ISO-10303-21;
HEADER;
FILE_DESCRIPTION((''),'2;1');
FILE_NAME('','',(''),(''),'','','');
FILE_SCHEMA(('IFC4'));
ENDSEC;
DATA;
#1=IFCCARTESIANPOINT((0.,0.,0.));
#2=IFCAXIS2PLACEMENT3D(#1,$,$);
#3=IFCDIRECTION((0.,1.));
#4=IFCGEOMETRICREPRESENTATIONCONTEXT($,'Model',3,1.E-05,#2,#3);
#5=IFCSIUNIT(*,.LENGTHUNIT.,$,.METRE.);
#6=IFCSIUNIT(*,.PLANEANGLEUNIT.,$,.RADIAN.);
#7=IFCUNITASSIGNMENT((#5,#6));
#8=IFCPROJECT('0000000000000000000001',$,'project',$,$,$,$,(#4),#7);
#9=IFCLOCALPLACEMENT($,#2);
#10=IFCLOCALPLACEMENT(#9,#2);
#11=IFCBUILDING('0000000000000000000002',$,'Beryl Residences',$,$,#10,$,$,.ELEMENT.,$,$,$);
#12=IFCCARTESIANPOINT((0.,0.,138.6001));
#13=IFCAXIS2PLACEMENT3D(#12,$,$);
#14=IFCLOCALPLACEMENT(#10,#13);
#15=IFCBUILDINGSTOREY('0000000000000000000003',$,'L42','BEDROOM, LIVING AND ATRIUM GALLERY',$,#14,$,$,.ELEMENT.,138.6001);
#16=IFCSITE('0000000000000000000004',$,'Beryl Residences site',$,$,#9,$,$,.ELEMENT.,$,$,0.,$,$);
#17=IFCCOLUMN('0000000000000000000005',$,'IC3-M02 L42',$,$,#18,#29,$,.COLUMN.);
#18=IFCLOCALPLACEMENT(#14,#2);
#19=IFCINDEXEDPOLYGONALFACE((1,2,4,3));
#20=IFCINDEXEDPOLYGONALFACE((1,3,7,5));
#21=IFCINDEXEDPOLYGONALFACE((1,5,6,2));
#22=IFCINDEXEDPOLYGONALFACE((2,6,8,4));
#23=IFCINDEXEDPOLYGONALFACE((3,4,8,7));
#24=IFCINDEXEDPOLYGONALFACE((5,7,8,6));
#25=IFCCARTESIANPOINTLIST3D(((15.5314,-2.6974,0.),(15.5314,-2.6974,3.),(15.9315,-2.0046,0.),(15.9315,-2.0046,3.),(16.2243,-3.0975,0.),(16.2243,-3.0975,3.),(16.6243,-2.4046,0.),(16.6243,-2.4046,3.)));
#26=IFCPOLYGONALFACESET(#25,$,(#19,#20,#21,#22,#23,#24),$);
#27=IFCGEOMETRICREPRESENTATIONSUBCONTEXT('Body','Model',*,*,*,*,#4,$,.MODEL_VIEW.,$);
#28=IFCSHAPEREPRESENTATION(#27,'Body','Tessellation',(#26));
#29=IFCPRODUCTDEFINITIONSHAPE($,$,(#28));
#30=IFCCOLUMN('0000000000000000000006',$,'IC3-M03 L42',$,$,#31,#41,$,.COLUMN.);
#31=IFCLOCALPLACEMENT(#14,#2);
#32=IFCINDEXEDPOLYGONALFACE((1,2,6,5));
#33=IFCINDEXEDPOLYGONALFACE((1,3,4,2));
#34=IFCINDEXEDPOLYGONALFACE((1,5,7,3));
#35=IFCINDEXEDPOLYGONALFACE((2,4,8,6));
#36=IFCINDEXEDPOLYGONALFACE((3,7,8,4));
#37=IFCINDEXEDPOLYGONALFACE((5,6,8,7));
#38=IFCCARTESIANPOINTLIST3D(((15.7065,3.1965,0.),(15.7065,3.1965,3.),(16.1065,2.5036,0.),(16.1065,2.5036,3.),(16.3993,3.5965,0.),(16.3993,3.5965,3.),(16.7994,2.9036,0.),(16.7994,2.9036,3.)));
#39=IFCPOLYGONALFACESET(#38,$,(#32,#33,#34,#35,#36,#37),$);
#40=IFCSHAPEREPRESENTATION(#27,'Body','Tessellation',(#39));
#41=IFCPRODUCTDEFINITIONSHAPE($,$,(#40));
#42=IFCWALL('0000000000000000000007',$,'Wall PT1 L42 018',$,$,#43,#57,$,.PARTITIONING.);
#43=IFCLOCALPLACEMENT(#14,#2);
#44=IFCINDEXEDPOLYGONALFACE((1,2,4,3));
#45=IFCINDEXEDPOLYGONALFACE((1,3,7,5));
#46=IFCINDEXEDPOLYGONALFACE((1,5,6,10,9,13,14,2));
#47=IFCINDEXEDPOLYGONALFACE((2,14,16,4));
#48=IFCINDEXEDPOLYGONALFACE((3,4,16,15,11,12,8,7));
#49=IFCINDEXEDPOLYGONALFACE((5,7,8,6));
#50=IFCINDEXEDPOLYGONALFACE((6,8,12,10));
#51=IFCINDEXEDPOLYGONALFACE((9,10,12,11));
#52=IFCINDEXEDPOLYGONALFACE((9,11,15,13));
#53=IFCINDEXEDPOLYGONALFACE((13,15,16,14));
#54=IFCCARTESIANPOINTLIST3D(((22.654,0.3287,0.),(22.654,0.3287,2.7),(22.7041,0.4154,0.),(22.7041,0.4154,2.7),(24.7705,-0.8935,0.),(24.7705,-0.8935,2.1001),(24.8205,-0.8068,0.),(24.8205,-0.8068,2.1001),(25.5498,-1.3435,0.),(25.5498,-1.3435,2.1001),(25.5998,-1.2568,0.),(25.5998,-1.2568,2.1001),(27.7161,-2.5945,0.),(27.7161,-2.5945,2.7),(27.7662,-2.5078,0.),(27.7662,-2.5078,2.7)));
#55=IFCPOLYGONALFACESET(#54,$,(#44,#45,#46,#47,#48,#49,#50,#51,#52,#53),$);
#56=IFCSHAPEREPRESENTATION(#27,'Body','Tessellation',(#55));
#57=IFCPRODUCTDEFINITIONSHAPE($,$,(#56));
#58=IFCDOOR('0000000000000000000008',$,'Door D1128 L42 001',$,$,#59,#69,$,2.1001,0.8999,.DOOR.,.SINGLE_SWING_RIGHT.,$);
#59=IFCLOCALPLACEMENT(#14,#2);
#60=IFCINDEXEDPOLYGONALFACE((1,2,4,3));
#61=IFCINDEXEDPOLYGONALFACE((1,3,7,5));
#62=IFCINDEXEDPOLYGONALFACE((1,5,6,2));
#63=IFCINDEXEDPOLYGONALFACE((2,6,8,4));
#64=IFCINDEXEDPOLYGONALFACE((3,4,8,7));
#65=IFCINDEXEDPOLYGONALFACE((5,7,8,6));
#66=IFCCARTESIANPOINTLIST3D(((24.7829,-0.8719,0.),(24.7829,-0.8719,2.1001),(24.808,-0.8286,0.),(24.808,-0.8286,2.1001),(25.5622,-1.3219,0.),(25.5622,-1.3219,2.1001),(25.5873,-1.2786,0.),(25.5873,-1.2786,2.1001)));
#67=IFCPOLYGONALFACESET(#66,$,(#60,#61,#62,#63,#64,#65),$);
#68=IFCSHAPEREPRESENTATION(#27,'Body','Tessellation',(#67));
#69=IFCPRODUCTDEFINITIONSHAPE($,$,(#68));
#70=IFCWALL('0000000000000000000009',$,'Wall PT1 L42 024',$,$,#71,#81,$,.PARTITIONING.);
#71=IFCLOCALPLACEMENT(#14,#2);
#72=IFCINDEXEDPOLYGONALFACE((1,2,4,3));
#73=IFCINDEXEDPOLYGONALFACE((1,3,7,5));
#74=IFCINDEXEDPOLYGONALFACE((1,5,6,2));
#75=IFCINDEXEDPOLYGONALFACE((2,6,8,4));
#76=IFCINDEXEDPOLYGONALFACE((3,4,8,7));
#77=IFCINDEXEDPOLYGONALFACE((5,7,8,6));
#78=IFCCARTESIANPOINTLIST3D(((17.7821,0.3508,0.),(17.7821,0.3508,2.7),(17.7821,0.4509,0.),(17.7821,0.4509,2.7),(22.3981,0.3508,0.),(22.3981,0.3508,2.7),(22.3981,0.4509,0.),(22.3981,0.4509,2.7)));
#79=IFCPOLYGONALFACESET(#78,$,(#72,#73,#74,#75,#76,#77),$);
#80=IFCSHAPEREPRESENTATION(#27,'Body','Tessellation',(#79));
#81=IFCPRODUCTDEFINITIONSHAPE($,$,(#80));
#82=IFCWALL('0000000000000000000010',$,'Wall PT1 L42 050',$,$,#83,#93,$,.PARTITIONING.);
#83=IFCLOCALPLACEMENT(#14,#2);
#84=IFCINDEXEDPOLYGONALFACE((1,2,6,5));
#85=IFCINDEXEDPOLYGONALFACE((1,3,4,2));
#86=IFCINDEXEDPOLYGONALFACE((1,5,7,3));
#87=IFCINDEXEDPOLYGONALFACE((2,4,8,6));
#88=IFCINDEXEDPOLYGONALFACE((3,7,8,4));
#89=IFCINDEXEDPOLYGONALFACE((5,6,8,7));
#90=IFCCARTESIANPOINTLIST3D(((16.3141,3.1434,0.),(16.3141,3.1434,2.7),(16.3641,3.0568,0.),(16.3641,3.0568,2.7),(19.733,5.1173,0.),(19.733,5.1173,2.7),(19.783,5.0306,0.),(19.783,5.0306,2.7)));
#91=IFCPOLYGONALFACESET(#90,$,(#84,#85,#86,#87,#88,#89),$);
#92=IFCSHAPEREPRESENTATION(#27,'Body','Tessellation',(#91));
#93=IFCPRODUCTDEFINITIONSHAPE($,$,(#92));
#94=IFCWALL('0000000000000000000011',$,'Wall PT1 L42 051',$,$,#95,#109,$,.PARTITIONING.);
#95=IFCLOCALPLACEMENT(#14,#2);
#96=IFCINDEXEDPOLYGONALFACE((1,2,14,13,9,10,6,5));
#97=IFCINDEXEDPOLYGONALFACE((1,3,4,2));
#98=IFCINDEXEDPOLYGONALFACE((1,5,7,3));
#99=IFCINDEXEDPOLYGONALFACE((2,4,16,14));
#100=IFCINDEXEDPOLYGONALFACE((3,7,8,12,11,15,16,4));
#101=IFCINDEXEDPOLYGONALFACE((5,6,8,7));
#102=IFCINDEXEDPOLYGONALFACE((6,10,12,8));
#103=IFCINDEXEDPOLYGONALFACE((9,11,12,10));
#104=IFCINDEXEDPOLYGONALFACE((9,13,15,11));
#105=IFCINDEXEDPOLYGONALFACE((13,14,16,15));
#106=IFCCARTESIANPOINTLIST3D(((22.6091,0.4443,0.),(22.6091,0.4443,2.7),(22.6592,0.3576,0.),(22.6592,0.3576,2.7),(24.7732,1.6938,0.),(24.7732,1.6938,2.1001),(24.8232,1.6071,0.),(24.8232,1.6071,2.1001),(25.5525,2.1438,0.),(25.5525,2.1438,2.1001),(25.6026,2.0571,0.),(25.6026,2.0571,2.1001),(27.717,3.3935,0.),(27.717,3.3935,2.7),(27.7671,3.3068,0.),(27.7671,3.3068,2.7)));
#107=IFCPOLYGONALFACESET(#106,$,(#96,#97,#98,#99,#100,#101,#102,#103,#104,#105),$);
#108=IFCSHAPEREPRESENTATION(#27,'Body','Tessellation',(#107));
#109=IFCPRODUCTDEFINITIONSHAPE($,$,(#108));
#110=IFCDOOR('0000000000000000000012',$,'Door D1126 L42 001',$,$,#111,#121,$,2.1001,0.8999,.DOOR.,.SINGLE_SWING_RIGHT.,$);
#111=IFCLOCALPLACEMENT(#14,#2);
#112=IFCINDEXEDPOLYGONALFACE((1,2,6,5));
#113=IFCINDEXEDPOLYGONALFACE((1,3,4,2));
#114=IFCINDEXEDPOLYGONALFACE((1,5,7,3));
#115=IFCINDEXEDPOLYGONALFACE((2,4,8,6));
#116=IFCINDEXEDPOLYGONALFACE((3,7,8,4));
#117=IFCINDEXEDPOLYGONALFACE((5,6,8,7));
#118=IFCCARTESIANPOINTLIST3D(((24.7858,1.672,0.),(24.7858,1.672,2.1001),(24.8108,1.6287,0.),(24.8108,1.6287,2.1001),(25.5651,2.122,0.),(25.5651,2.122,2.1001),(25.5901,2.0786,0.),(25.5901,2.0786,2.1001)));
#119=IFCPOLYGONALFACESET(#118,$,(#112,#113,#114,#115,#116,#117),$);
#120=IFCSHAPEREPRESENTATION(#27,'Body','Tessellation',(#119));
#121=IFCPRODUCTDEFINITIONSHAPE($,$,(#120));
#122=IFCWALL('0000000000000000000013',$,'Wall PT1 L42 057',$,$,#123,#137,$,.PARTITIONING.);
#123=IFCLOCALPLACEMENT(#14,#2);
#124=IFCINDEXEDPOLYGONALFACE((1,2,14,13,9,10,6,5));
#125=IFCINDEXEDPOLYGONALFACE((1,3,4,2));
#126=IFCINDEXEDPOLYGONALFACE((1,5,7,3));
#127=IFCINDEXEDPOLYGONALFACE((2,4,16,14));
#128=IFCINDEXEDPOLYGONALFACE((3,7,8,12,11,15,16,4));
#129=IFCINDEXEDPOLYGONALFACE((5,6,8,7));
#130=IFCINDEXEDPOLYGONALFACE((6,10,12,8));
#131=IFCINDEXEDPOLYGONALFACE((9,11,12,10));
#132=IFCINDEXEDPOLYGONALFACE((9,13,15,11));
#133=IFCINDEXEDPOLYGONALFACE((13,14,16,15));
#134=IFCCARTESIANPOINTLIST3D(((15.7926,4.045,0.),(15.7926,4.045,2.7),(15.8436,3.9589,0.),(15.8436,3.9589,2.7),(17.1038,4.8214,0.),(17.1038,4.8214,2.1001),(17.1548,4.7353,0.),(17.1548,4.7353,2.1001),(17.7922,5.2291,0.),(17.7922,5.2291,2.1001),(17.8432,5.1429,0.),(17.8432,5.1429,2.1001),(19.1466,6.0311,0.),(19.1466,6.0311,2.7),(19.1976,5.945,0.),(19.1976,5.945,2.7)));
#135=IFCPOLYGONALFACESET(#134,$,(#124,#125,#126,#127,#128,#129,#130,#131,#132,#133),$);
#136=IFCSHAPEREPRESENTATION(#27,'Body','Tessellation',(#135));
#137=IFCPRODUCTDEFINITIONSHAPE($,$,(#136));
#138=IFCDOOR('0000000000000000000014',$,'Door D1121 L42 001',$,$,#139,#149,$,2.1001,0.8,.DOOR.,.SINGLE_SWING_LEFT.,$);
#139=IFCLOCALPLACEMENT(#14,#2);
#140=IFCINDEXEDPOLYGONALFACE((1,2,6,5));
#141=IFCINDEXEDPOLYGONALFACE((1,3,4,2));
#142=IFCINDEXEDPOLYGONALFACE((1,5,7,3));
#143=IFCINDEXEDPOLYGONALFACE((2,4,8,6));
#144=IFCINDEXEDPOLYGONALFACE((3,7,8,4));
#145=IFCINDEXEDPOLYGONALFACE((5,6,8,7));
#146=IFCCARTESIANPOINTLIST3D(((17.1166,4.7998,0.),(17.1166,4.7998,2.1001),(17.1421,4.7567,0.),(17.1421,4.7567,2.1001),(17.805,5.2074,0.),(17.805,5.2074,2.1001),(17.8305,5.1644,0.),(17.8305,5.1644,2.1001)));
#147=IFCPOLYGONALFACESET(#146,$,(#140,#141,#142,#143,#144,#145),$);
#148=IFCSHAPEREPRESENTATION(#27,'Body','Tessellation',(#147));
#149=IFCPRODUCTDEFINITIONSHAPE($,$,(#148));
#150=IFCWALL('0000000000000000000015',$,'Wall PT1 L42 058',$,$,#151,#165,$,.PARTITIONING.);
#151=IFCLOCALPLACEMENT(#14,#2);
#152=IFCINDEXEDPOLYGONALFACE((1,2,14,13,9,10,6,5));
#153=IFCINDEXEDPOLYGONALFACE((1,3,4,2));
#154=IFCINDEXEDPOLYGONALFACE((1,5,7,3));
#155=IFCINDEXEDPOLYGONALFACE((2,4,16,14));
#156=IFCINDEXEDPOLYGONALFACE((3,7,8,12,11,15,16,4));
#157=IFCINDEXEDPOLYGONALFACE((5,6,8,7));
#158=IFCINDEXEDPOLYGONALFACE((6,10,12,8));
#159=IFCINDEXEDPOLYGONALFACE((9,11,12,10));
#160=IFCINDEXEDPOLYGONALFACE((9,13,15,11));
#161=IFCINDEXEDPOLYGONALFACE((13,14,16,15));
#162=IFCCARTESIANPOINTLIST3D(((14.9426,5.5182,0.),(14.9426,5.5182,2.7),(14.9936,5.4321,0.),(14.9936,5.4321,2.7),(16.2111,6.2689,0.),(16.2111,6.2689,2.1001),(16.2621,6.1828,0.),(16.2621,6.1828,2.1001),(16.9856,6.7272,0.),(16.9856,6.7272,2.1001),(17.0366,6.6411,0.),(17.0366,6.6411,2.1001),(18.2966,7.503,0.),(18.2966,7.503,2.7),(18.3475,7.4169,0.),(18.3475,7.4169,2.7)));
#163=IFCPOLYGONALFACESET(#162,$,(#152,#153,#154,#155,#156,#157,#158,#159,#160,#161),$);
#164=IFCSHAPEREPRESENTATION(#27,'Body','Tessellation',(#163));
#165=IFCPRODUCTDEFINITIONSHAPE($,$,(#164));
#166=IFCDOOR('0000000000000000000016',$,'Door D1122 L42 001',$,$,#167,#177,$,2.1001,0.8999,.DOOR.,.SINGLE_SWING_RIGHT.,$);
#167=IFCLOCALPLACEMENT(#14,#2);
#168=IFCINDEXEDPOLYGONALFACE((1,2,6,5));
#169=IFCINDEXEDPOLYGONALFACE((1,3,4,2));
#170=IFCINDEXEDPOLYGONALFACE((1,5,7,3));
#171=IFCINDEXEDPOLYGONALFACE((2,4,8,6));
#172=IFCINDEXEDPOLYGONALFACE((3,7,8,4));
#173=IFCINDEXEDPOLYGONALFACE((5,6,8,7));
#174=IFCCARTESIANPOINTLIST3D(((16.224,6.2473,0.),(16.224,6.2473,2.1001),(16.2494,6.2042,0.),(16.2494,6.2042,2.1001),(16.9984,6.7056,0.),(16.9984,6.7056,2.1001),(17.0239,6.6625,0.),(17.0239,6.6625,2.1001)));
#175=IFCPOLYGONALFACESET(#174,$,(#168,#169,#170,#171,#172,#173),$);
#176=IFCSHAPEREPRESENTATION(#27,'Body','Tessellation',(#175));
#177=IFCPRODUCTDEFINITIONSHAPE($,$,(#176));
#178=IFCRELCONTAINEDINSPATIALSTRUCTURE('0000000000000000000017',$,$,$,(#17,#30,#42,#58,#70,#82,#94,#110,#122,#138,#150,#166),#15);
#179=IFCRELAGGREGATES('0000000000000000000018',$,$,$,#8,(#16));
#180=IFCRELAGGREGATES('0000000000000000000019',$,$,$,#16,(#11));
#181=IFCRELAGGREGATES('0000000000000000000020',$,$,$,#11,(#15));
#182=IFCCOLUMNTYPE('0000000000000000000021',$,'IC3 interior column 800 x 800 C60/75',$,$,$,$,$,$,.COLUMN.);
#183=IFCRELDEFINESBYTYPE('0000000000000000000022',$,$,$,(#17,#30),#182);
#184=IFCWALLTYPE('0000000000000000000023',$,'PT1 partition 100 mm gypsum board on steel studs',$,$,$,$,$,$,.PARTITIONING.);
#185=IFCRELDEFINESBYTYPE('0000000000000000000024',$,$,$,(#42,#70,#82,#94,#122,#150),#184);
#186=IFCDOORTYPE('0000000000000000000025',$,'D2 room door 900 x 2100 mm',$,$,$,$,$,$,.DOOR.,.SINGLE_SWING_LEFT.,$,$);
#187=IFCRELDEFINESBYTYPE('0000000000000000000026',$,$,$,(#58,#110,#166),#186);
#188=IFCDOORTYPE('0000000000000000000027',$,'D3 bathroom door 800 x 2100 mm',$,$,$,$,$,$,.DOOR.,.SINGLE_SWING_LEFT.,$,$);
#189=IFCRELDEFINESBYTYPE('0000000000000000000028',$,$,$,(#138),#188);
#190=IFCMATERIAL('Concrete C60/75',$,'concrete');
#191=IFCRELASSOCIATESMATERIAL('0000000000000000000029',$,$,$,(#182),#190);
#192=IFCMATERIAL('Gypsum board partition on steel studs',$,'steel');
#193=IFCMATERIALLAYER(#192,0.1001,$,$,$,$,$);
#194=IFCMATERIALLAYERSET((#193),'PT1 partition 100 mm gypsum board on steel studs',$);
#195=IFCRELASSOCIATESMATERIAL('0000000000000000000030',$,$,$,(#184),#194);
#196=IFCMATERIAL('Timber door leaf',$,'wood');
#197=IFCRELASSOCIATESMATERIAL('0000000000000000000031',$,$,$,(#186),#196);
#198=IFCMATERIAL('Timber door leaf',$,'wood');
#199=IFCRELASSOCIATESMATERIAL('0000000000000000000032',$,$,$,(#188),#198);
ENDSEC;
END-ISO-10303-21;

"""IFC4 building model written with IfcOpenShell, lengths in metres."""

from ifc_helpers import new_model, si_unit, direction, frame, frame_2d, origin, origin_2d, place, context, subcontext, project, spatial, rectangle, extrude, material, layer, layer_set, material_profile, profile_set, type_object, element, fill, save


model = new_model("IFC4")

# Units and contexts
model_context = context("Model", 3, precision=1e-05, world=origin(), true_north=direction((0.0, 1.0)))
body_context = subcontext(model_context, "Body", "Model", "MODEL_VIEW")
ifc_project = project(units=[si_unit("LENGTHUNIT", "METRE"), si_unit("PLANEANGLEUNIT", "RADIAN")], contexts=[model_context])

# Site, building, storey
site_placement = place(None, origin())
site = spatial("IfcSite", under=ifc_project, at=site_placement, Name="Beryl Residences site", CompositionType="ELEMENT", RefElevation=0.0)
building_placement = place(site_placement, origin())
building = spatial("IfcBuilding", under=site, at=building_placement, Name="Beryl Residences", CompositionType="ELEMENT")
storey_placement = place(building_placement, frame((0.0, 0.0, 138.6001)))
storey = spatial("IfcBuildingStorey", under=building, at=storey_placement, Name="L42", Description="BEDROOM, LIVING AND ATRIUM GALLERY", CompositionType="ELEMENT", Elevation=138.6001)

# Columns
ifc_material_1 = material(Name="Concrete C60/75", Category="concrete")
ifc_material_profile = material_profile(ifc_material_1, rectangle(XDim=0.8, YDim=0.8, at=origin_2d()))
ifc_profile_set = profile_set([ifc_material_profile], Name="Concrete C60/75")
column_type = type_object("IfcColumnType", Name="IC3 interior column 800 x 800 C60/75", PredefinedType="COLUMN", material=ifc_profile_set)
for number, where, z_axis, x_axis, name in (
    (1, (16.0779, -2.551, 0.0), (0.0, 0.0, 1.0), (0.5, 0.866025, 0.0), "IC3-M02 L42"),
    (2, (16.2529, 3.05, 0.0), (0.0, 0.0, 1.0), (-0.5, 0.866025, 0.0), "IC3-M03 L42"),
):
    element("IfcColumn", number, at=place(storey_placement, frame(where, z_axis=z_axis, x_axis=x_axis)), inside=storey, type_object=column_type, Name=name, PredefinedType="COLUMN", context=body_context, shape_type="SweptSolid", body=[
        extrude(rectangle(XDim=0.8, YDim=0.8, at=origin_2d()), origin(), (0.0, 0.0, 1.0), 3.0),
    ])

# Wall, opening, door
ifc_material_2 = material(Name="Gypsum board partition on steel studs", Category="steel")
ifc_layer_1 = layer(ifc_material_2, 0.1001)
ifc_layer_set_1 = layer_set([ifc_layer_1], Name="PT1 partition 100 mm gypsum board on steel studs")
wall_type_1 = type_object("IfcWallType", Name="PT1 partition 100 mm gypsum board on steel studs", PredefinedType="PARTITIONING", material=ifc_layer_set_1)
wall_1_placement = place(storey_placement, frame((22.679, 0.3721, 0.0), z_axis=(0.0, 0.0, 1.0), x_axis=(0.865985, -0.50007, 0.0)))
wall_1 = element("IfcWall", 3, at=wall_1_placement, inside=storey, type_object=wall_type_1, Name="Wall PT1 L42 018", PredefinedType="PARTITIONING", context=body_context, shape_type="SweptSolid", body=[
    extrude(rectangle(XDim=5.8455, YDim=0.1001, at=frame_2d((2.9229, 0.0))), origin(), (0.0, 0.0, 1.0), 2.7),
])
opening_1_placement = place(wall_1_placement, frame((2.4441, 0.0, 0.0)))
opening_1 = element("IfcOpeningElement", 4, at=opening_1_placement, cuts=wall_1, PredefinedType="OPENING", context=body_context, shape_type="SweptSolid", body=[
    extrude(rectangle(XDim=0.8999, YDim=2.1001, at=frame_2d((0.45, 1.05))), frame((0.0, 0.0601, 0.0), z_axis=(0.0, -1.0, 0.0), x_axis=(1.0, 0.0, 0.0)), (0.0, 0.0, 1.0), 0.1201),
])
ifc_material_3 = material(Name="Timber door leaf", Category="wood")
door_type_1 = type_object("IfcDoorType", Name="D2 room door 900 x 2100 mm", OperationType="SINGLE_SWING_LEFT", PredefinedType="DOOR", material=ifc_material_3)
door_1_placement = place(opening_1_placement, origin())
door_1 = element("IfcDoor", 5, at=door_1_placement, inside=storey, type_object=door_type_1, Name="Door D1128 L42 001", OperationType="SINGLE_SWING_RIGHT", OverallHeight=2.1001, OverallWidth=0.8999, PredefinedType="DOOR", context=body_context, shape_type="SweptSolid", body=[
    extrude(rectangle(XDim=0.8999, YDim=2.1001, at=frame_2d((0.45, 1.05))), frame((0.0, 0.0249, 0.0), z_axis=(0.0, -1.0, 0.0), x_axis=(1.0, 0.0, 0.0)), (0.0, 0.0, 1.0), 0.05),
])
fill(opening_1, door_1)

# Walls
wall_2_placement = place(storey_placement, frame((17.782, 0.4009, 0.0), z_axis=(0.0, 0.0, 1.0), x_axis=(1.0, 0.0, 0.0)))
element("IfcWall", 6, at=wall_2_placement, inside=storey, type_object=wall_type_1, Name="Wall PT1 L42 024", PredefinedType="PARTITIONING", context=body_context, shape_type="SweptSolid", body=[
    extrude(rectangle(XDim=4.616, YDim=0.1001, at=frame_2d((2.3081, 0.0))), origin(), (0.0, 0.0, 1.0), 2.7),
])
wall_3_placement = place(storey_placement, frame((16.3391, 3.1001, 0.0), z_axis=(0.0, 0.0, 1.0), x_axis=(0.866031, 0.49999, 0.0)))
element("IfcWall", 7, at=wall_3_placement, inside=storey, type_object=wall_type_1, Name="Wall PT1 L42 050", PredefinedType="PARTITIONING", context=body_context, shape_type="SweptSolid", body=[
    extrude(rectangle(XDim=3.9478, YDim=0.1001, at=frame_2d((1.9739, 0.0))), origin(), (0.0, 0.0, 1.0), 2.7),
])

# Walls, openings, doors
wall_4_placement = place(storey_placement, frame((22.634, 0.4009, 0.0), z_axis=(0.0, 0.0, 1.0), x_axis=(0.866013, 0.500021, 0.0)))
wall_4 = element("IfcWall", 8, at=wall_4_placement, inside=storey, type_object=wall_type_1, Name="Wall PT1 L42 051", PredefinedType="PARTITIONING", context=body_context, shape_type="SweptSolid", body=[
    extrude(rectangle(XDim=5.8982, YDim=0.1001, at=frame_2d((2.9492, 0.0))), origin(), (0.0, 0.0, 1.0), 2.7),
])
opening_2_placement = place(wall_4_placement, frame((2.499, 0.0, 0.0)))
opening_2 = element("IfcOpeningElement", 9, at=opening_2_placement, cuts=wall_4, PredefinedType="OPENING", context=body_context, shape_type="SweptSolid", body=[
    extrude(rectangle(XDim=0.8999, YDim=2.1001, at=frame_2d((0.45, 1.05))), frame((0.0, 0.0601, 0.0), z_axis=(0.0, -1.0, 0.0), x_axis=(1.0, 0.0, 0.0)), (0.0, 0.0, 1.0), 0.1201),
])
door_2_placement = place(opening_2_placement, origin())
door_2 = element("IfcDoor", 10, at=door_2_placement, inside=storey, type_object=door_type_1, Name="Door D1126 L42 001", OperationType="SINGLE_SWING_RIGHT", OverallHeight=2.1001, OverallWidth=0.8999, PredefinedType="DOOR", context=body_context, shape_type="SweptSolid", body=[
    extrude(rectangle(XDim=0.8999, YDim=2.1001, at=frame_2d((0.45, 1.05))), frame((0.0, 0.0249, 0.0), z_axis=(0.0, -1.0, 0.0), x_axis=(1.0, 0.0, 0.0)), (0.0, 0.0, 1.0), 0.05),
])
fill(opening_2, door_2)
wall_5_placement = place(storey_placement, frame((15.8181, 4.002, 0.0), z_axis=(0.0, 0.0, 1.0), x_axis=(0.860457, 0.509523, 0.0)))
wall_5 = element("IfcWall", 11, at=wall_5_placement, inside=storey, type_object=wall_type_1, Name="Wall PT1 L42 057", PredefinedType="PARTITIONING", context=body_context, shape_type="SweptSolid", body=[
    extrude(rectangle(XDim=3.8979, YDim=0.1001, at=frame_2d((1.949, 0.0))), origin(), (0.0, 0.0, 1.0), 2.7),
])
opening_3_placement = place(wall_5_placement, frame((1.5239, 0.0, 0.0)))
opening_3 = element("IfcOpeningElement", 12, at=opening_3_placement, cuts=wall_5, PredefinedType="OPENING", context=body_context, shape_type="SweptSolid", body=[
    extrude(rectangle(XDim=0.8, YDim=2.1001, at=frame_2d((0.3999, 1.05))), frame((0.0, 0.0601, 0.0), z_axis=(0.0, -1.0, 0.0), x_axis=(1.0, 0.0, 0.0)), (0.0, 0.0, 1.0), 0.1201),
])
ifc_material_4 = material(Name="Timber door leaf", Category="wood")
door_type_2 = type_object("IfcDoorType", Name="D3 bathroom door 800 x 2100 mm", OperationType="SINGLE_SWING_LEFT", PredefinedType="DOOR", material=ifc_material_4)
door_3_placement = place(opening_3_placement, origin())
door_3 = element("IfcDoor", 13, at=door_3_placement, inside=storey, type_object=door_type_2, Name="Door D1121 L42 001", OperationType="SINGLE_SWING_LEFT", OverallHeight=2.1001, OverallWidth=0.8, PredefinedType="DOOR", context=body_context, shape_type="SweptSolid", body=[
    extrude(rectangle(XDim=0.8, YDim=2.1001, at=frame_2d((0.3999, 1.05))), frame((0.0, 0.0249, 0.0), z_axis=(0.0, -1.0, 0.0), x_axis=(1.0, 0.0, 0.0)), (0.0, 0.0, 1.0), 0.05),
])
fill(opening_3, door_3)
wall_6_placement = place(storey_placement, frame((14.968, 5.4751, 0.0), z_axis=(0.0, 0.0, 1.0), x_axis=(0.860595, 0.509291, 0.0)))
wall_6 = element("IfcWall", 14, at=wall_6_placement, inside=storey, type_object=wall_type_1, Name="Wall PT1 L42 058", PredefinedType="PARTITIONING", context=body_context, shape_type="SweptSolid", body=[
    extrude(rectangle(XDim=3.8972, YDim=0.1001, at=frame_2d((1.9487, 0.0))), origin(), (0.0, 0.0, 1.0), 2.7),
])
opening_4_placement = place(wall_6_placement, frame((1.4741, 0.0, 0.0)))
opening_4 = element("IfcOpeningElement", 15, at=opening_4_placement, cuts=wall_6, PredefinedType="OPENING", context=body_context, shape_type="SweptSolid", body=[
    extrude(rectangle(XDim=0.8999, YDim=2.1001, at=frame_2d((0.45, 1.05))), frame((0.0, 0.0601, 0.0), z_axis=(0.0, -1.0, 0.0), x_axis=(1.0, 0.0, 0.0)), (0.0, 0.0, 1.0), 0.1201),
])
door_4_placement = place(opening_4_placement, origin())
door_4 = element("IfcDoor", 16, at=door_4_placement, inside=storey, type_object=door_type_1, Name="Door D1122 L42 001", OperationType="SINGLE_SWING_RIGHT", OverallHeight=2.1001, OverallWidth=0.8999, PredefinedType="DOOR", context=body_context, shape_type="SweptSolid", body=[
    extrude(rectangle(XDim=0.8999, YDim=2.1001, at=frame_2d((0.45, 1.05))), frame((0.0, 0.0249, 0.0), z_axis=(0.0, -1.0, 0.0), x_axis=(1.0, 0.0, 0.0)), (0.0, 0.0, 1.0), 0.05),
])
fill(opening_4, door_4)

save(model, "model.ifc")
